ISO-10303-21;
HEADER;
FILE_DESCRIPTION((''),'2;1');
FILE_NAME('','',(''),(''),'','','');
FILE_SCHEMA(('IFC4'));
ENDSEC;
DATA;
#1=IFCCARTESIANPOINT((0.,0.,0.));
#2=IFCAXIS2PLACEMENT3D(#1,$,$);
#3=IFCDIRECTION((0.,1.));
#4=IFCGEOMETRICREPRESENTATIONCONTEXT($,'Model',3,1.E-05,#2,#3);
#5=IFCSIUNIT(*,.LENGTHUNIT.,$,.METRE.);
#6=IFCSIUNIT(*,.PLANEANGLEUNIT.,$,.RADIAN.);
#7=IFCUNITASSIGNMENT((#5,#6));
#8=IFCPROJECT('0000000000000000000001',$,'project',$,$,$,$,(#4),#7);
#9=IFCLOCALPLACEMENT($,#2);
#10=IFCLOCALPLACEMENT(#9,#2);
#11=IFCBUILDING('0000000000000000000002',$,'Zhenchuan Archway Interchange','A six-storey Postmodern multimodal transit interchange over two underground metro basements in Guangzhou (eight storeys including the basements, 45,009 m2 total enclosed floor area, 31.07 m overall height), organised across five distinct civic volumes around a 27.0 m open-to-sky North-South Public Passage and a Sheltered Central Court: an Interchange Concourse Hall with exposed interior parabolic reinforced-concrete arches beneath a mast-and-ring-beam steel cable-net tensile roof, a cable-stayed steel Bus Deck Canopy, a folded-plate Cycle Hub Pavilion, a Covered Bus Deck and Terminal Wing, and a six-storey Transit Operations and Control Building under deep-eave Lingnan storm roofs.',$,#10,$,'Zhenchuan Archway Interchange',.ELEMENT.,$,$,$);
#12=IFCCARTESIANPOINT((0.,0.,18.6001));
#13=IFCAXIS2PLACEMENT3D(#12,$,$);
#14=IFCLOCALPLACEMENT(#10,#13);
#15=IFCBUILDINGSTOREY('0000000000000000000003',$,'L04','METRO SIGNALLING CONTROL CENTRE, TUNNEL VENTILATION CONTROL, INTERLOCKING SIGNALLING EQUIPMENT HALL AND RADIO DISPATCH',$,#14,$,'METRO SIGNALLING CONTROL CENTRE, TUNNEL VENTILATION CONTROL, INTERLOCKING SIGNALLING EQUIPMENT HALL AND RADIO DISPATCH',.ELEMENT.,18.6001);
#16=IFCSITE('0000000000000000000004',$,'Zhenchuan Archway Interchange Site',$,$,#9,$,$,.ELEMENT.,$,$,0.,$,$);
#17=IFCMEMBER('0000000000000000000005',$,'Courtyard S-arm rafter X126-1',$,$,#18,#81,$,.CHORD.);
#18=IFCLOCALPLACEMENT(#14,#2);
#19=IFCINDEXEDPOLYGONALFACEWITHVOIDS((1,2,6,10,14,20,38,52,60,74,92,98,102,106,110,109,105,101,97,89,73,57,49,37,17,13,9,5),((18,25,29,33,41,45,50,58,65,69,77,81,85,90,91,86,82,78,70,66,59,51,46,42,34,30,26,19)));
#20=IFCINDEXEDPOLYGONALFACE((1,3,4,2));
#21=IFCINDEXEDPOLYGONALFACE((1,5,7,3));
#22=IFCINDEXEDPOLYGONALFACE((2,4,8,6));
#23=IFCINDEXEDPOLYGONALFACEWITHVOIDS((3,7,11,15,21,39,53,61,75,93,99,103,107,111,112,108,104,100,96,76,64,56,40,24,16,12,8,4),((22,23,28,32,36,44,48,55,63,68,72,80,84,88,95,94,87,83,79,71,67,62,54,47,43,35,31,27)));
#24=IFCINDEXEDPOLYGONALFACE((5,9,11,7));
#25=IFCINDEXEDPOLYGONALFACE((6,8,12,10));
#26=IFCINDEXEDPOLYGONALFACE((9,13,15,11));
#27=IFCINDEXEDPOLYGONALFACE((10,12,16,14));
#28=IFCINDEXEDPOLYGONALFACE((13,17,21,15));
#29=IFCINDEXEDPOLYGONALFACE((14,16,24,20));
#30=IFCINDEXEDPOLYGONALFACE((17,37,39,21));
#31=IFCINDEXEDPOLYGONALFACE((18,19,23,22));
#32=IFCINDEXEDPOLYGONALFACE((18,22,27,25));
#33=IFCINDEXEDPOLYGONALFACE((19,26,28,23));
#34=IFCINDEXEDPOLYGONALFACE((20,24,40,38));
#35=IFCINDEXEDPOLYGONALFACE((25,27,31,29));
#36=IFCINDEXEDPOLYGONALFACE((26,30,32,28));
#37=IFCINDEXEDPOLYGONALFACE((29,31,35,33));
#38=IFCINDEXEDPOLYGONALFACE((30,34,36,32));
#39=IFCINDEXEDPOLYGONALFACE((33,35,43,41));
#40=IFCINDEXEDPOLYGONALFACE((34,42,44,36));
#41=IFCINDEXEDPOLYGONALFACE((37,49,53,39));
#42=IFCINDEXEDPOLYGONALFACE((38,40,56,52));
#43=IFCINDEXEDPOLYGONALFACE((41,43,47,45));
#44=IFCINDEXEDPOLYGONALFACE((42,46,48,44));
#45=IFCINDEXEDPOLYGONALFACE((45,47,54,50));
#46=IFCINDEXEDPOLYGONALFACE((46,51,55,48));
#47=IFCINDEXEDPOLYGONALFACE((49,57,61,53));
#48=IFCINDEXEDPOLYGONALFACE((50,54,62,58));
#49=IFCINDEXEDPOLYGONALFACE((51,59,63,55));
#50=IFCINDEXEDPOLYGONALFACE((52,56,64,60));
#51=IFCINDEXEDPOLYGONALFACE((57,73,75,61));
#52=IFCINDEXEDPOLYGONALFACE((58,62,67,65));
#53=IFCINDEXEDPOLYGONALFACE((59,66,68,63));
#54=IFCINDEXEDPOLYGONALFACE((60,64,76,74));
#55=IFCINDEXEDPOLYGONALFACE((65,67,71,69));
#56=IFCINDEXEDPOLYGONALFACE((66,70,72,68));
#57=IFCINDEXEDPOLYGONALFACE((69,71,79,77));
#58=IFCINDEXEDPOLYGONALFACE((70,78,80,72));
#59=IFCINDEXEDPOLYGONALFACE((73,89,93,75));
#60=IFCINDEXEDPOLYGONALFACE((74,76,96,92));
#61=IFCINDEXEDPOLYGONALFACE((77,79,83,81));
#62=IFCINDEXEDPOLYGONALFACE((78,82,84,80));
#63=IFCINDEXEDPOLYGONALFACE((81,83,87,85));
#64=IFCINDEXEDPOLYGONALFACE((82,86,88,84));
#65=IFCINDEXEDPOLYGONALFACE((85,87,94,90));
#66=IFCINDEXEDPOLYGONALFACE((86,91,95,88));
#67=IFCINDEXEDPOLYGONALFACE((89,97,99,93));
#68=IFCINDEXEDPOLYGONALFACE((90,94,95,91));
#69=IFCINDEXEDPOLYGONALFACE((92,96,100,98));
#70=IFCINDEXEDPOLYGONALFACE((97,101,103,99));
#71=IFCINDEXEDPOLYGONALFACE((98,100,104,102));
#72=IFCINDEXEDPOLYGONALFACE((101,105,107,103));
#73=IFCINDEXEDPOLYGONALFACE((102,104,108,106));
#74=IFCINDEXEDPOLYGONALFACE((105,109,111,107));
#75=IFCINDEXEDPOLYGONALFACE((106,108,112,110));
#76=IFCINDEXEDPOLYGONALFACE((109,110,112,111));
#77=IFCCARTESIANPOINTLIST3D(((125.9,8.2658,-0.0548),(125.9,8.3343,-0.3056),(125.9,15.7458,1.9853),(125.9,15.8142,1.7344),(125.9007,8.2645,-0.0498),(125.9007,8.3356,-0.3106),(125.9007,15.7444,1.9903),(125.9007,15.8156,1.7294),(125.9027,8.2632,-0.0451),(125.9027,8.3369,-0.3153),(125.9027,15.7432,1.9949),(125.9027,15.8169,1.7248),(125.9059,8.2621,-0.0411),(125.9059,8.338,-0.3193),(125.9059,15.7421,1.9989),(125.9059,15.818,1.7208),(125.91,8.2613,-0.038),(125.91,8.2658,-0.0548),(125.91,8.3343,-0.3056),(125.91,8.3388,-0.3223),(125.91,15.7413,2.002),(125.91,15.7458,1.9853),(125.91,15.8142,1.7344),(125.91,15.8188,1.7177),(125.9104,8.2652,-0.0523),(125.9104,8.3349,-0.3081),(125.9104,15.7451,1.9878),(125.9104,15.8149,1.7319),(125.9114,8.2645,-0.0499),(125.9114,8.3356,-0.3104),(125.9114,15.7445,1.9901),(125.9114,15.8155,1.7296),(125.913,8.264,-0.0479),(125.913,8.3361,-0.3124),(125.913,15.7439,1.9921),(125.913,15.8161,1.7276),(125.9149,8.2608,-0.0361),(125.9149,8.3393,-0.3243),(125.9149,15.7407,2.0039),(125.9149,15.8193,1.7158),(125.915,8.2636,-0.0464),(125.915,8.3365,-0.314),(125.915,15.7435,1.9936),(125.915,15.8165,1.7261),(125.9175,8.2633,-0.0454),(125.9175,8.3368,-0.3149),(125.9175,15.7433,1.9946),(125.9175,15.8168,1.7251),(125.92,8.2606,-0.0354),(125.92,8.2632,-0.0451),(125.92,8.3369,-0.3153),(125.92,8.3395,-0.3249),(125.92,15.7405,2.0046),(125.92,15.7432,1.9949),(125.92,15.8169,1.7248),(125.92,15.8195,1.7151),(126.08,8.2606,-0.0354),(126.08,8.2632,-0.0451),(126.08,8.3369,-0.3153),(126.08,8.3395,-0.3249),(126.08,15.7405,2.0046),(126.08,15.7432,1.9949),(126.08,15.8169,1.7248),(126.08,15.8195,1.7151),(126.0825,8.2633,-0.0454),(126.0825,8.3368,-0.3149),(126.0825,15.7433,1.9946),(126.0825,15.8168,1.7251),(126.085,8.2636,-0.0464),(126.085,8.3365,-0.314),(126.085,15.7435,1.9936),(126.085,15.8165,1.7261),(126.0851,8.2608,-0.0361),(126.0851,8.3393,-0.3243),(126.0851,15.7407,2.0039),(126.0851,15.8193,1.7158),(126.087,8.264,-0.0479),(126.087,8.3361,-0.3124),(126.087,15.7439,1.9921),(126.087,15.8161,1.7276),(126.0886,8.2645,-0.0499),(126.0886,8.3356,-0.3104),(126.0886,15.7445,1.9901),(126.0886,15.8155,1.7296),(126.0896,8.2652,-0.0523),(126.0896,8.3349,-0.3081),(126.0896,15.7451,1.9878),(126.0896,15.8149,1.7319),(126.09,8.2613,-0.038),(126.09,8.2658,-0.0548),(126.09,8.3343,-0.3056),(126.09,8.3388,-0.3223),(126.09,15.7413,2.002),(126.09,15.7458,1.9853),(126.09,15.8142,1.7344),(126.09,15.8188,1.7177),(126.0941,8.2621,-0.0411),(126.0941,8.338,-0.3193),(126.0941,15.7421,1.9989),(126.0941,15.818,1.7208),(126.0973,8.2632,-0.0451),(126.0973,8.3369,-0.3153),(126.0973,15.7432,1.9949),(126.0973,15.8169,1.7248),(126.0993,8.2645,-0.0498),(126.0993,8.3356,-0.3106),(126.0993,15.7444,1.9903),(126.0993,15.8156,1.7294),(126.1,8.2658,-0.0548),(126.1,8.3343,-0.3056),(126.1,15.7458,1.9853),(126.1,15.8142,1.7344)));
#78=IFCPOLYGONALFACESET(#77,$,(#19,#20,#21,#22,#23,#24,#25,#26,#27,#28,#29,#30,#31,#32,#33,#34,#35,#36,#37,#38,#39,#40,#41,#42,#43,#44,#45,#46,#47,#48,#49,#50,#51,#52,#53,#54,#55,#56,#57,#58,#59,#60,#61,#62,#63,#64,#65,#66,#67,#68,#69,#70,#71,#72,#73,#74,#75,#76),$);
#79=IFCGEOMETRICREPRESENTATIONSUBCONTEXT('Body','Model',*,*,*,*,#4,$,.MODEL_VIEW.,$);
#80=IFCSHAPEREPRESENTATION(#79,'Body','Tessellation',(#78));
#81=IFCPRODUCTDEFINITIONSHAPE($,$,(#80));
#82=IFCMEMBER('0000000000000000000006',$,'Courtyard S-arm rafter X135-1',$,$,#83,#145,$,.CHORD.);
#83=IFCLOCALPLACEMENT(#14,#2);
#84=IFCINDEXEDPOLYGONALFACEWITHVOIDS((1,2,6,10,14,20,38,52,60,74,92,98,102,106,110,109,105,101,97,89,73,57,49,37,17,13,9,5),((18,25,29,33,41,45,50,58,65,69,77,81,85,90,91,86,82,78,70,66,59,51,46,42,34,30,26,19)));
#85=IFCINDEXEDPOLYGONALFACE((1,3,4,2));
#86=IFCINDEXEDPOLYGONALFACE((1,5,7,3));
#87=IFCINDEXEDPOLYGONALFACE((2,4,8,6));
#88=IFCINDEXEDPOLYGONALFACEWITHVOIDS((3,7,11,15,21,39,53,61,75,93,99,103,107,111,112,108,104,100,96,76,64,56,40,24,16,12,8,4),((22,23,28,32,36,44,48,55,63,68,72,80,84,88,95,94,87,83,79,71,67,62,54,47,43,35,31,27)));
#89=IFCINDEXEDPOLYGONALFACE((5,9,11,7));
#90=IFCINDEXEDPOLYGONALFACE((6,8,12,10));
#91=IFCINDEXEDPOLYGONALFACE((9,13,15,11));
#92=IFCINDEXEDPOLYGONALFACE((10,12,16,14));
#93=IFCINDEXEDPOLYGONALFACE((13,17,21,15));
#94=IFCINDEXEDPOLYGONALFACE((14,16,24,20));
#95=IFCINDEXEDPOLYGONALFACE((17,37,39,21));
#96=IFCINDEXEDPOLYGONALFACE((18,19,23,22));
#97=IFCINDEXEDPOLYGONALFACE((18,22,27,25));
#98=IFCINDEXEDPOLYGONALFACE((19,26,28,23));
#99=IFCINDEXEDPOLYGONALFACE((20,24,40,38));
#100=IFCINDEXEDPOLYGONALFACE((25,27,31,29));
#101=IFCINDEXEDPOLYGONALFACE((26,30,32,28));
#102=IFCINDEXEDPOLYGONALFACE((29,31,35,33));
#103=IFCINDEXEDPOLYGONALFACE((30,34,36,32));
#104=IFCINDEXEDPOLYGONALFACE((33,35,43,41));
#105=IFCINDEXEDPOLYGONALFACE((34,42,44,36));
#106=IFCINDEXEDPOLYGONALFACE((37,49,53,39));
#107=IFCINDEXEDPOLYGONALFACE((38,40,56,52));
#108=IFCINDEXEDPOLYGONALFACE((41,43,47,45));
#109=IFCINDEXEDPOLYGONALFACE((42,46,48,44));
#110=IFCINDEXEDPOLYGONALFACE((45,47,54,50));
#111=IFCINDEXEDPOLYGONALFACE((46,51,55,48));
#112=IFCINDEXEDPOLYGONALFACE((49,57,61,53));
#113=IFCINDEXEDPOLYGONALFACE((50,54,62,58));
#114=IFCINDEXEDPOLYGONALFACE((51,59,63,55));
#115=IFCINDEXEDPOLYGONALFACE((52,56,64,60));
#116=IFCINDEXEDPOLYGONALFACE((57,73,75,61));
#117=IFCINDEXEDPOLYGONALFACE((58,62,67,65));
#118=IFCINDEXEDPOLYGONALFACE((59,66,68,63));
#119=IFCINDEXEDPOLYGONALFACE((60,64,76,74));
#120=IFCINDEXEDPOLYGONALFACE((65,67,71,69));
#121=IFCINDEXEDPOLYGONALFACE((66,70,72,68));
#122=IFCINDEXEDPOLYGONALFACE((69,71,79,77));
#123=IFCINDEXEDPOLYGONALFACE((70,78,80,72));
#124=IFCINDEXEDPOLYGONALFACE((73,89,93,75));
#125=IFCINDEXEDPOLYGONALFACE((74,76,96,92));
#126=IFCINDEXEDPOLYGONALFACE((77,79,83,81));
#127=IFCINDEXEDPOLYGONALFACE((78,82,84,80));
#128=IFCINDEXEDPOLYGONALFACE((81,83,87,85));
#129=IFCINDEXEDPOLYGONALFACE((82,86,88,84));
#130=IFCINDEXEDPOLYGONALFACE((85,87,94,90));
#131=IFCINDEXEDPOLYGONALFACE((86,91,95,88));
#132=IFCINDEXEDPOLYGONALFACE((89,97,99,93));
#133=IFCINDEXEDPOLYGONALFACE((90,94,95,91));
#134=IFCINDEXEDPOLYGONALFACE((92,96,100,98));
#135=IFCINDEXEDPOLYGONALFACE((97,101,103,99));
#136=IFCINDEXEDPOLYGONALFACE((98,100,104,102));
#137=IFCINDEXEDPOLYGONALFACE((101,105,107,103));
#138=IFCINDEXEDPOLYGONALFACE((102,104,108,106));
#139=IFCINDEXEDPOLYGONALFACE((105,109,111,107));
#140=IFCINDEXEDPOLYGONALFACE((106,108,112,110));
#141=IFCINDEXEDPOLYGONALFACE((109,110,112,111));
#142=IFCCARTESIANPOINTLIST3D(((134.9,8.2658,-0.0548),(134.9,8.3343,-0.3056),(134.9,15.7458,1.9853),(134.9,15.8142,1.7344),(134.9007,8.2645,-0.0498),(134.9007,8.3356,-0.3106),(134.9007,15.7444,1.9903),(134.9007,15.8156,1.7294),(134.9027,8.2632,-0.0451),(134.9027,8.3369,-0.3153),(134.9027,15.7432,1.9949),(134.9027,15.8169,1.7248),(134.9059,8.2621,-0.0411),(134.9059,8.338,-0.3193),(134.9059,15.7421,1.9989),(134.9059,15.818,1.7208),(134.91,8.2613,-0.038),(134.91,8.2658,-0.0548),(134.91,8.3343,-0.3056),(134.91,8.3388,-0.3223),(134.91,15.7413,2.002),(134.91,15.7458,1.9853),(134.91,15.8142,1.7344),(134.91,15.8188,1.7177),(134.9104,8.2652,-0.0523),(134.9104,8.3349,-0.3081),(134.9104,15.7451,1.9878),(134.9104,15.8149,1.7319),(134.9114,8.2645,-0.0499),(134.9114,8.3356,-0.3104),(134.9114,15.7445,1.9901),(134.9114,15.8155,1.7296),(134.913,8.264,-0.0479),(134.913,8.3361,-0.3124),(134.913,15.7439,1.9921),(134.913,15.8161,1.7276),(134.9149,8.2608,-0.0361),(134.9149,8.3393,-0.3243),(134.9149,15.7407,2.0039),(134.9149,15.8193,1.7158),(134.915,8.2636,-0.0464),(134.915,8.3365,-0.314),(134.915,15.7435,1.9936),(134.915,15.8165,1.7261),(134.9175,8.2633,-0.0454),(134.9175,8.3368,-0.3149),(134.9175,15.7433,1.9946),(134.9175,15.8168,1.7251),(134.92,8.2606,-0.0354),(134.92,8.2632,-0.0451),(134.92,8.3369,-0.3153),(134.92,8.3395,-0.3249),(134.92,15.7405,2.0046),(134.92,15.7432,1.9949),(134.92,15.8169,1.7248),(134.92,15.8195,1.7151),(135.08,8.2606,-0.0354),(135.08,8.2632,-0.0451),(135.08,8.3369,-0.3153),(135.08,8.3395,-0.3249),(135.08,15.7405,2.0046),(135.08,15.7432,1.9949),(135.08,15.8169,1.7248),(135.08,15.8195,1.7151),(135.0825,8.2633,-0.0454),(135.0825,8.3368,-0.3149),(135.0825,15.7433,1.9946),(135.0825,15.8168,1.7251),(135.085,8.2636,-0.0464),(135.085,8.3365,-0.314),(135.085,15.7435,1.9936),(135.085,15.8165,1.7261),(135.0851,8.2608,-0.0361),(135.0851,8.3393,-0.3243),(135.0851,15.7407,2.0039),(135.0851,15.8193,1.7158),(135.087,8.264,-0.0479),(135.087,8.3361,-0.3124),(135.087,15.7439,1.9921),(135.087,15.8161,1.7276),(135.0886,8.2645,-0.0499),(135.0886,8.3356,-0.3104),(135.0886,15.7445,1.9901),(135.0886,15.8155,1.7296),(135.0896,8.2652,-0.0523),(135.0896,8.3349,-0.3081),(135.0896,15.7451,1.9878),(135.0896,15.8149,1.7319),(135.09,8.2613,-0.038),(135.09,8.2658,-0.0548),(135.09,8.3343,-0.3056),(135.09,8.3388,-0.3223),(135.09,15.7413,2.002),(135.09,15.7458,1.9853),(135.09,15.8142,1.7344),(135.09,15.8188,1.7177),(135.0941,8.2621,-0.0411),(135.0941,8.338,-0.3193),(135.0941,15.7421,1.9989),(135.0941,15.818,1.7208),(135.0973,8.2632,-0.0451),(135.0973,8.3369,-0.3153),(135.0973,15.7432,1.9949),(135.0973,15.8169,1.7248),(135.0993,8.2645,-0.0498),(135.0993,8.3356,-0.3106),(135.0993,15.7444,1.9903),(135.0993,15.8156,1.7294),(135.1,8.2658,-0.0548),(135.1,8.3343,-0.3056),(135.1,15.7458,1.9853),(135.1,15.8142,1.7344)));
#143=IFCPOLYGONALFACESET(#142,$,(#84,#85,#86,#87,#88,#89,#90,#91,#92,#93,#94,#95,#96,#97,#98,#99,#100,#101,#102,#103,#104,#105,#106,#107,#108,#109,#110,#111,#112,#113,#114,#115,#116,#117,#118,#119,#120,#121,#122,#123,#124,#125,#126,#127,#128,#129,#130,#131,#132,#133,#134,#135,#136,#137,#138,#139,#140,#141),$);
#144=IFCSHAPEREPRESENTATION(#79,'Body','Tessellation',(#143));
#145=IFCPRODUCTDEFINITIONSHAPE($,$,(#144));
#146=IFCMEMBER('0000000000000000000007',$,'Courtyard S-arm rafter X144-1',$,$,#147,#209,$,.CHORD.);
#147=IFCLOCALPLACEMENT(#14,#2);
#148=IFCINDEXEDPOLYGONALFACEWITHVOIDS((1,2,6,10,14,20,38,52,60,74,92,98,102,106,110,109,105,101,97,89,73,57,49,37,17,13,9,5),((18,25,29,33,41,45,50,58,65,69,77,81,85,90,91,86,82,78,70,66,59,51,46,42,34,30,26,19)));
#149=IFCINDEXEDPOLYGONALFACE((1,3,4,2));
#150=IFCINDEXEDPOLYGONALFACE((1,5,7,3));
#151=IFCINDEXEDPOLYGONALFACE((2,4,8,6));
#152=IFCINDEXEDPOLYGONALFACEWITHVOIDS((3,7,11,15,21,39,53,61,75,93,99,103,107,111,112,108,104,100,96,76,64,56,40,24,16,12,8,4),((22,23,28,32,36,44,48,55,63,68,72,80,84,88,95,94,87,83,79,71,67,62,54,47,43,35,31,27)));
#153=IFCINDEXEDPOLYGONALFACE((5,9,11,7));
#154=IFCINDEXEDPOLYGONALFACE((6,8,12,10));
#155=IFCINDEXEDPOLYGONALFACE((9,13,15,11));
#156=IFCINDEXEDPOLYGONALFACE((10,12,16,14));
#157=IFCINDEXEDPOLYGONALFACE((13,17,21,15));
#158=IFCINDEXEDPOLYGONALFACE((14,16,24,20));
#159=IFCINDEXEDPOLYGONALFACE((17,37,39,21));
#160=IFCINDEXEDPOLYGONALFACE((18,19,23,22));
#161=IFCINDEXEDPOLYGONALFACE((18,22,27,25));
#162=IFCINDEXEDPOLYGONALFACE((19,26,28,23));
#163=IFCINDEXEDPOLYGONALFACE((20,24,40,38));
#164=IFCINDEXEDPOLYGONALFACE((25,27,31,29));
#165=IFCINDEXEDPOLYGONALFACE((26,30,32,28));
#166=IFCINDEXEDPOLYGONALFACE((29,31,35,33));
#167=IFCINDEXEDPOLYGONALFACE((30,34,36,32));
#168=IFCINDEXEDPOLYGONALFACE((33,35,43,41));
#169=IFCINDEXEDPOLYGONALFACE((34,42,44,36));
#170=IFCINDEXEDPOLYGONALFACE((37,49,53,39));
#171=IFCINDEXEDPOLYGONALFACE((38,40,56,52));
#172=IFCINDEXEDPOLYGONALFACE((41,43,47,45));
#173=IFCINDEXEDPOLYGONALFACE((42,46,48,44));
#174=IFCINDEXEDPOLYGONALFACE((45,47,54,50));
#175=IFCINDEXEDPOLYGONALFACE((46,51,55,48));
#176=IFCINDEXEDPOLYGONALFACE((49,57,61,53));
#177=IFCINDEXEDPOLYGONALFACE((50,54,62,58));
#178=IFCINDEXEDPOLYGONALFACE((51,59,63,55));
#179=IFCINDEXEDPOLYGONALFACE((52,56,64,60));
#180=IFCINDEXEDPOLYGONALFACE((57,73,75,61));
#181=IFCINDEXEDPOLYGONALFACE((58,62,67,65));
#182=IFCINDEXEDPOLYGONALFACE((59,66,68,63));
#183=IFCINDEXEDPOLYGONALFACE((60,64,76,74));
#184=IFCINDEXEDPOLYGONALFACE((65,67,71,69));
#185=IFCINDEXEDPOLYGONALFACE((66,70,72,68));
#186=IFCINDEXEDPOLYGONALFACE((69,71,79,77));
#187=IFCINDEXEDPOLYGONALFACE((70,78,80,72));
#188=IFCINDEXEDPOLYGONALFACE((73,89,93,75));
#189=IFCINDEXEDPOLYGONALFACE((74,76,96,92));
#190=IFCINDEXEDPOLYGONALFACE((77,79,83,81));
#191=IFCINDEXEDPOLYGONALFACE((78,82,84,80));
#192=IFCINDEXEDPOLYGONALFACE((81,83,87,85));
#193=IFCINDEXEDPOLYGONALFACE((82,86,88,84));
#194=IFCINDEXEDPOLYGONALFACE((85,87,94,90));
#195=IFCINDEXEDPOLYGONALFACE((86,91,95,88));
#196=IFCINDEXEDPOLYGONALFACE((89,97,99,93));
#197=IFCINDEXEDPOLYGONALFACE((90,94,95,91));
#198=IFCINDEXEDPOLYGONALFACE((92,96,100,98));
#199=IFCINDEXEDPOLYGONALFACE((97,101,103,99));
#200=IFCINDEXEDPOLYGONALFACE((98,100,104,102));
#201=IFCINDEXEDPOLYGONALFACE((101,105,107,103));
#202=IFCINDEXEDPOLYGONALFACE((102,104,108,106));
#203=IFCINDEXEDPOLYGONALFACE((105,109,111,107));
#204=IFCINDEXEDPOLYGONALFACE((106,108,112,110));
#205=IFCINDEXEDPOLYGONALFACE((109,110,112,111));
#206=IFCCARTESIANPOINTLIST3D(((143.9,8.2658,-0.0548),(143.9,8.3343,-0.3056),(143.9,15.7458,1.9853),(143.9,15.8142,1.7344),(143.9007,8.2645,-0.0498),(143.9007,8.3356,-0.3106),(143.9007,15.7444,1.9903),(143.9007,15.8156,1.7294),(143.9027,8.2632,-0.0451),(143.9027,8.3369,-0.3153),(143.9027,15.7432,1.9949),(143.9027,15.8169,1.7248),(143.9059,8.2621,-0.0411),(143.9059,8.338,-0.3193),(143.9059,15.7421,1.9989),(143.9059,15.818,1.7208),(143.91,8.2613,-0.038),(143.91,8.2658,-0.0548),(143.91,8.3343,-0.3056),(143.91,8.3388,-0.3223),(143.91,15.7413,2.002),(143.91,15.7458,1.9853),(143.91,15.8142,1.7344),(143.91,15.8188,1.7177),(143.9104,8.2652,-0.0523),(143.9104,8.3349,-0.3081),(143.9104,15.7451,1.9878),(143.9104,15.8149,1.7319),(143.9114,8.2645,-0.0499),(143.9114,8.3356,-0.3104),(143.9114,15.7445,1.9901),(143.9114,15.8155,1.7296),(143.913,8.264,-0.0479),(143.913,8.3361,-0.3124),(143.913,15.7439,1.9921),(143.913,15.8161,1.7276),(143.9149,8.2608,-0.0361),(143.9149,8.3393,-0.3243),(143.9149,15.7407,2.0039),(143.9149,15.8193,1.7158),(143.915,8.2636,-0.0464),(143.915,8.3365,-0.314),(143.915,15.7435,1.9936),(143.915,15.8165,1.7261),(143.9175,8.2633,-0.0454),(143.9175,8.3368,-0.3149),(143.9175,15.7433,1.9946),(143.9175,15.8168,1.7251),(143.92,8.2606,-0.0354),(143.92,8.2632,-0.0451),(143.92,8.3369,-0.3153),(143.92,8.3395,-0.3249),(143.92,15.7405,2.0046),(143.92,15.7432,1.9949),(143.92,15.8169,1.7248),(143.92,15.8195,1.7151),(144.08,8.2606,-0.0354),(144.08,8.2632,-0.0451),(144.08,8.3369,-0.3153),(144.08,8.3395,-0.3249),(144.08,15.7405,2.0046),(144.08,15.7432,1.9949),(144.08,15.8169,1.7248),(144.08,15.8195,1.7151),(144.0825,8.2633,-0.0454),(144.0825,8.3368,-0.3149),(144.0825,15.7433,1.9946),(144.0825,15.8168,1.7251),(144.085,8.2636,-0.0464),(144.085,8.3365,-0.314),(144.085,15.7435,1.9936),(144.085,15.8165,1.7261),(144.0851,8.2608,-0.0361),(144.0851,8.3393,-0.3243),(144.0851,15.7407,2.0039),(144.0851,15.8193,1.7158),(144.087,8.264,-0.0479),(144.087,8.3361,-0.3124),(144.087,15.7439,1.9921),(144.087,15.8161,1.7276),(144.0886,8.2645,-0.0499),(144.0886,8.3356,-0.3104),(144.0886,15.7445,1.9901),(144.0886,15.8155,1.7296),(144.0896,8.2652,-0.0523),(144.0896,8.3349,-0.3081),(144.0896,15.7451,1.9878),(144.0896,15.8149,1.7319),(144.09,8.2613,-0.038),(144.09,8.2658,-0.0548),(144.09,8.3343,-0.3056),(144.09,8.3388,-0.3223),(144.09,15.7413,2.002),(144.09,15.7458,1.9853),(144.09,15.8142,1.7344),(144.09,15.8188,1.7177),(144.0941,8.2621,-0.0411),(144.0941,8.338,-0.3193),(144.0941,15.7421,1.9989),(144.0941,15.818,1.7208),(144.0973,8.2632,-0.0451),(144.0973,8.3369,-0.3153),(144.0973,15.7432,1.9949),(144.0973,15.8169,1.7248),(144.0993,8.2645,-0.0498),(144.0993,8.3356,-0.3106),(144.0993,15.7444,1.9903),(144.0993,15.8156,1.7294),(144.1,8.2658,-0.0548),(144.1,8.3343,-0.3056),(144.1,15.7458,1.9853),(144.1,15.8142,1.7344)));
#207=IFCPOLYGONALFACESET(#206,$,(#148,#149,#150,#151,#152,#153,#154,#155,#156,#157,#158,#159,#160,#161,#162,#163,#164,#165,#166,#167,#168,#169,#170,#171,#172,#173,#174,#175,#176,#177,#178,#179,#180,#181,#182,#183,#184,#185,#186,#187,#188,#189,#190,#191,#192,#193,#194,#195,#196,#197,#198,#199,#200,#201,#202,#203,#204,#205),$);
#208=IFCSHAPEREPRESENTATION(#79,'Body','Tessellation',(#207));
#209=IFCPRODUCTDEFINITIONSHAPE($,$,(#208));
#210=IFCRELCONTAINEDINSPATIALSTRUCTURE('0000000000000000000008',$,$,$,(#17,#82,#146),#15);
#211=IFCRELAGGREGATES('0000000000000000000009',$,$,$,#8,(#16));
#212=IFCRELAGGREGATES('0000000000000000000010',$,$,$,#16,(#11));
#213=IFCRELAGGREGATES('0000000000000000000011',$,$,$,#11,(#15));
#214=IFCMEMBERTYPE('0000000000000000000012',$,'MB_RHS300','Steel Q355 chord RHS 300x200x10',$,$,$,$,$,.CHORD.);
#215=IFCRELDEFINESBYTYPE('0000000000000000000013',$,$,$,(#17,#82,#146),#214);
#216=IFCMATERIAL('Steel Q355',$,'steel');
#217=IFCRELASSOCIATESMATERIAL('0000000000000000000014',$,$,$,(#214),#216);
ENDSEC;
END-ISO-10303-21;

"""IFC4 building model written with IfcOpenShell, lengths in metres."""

from ifc_helpers import new_model, si_unit, direction, frame, origin, origin_2d, place, context, subcontext, project, spatial, hollow_rectangle, extrude, material, material_profile, profile_set, type_object, element, save


model = new_model("IFC4")

# Units and contexts
model_context = context("Model", 3, precision=1e-05, world=origin(), true_north=direction((0.0, 1.0)))
body_context = subcontext(model_context, "Body", "Model", "MODEL_VIEW")
ifc_project = project(units=[si_unit("LENGTHUNIT", "METRE"), si_unit("PLANEANGLEUNIT", "RADIAN")], contexts=[model_context])

# Site, building, storey
site_placement = place(None, origin())
site = spatial("IfcSite", under=ifc_project, at=site_placement, Name="Zhenchuan Archway Interchange Site", CompositionType="ELEMENT", RefElevation=0.0)
building_placement = place(site_placement, origin())
building = spatial("IfcBuilding", under=site, at=building_placement, Name="Zhenchuan Archway Interchange", Description="A six-storey Postmodern multimodal transit interchange over two underground metro basements in Guangzhou (eight storeys including the basements, 45,009 m2 total enclosed floor area, 31.07 m overall height), organised across five distinct civic volumes around a 27.0 m open-to-sky North-South Public Passage and a Sheltered Central Court: an Interchange Concourse Hall with exposed interior parabolic reinforced-concrete arches beneath a mast-and-ring-beam steel cable-net tensile roof, a cable-stayed steel Bus Deck Canopy, a folded-plate Cycle Hub Pavilion, a Covered Bus Deck and Terminal Wing, and a six-storey Transit Operations and Control Building under deep-eave Lingnan storm roofs.", LongName="Zhenchuan Archway Interchange", CompositionType="ELEMENT")
storey_placement = place(building_placement, frame((0.0, 0.0, 18.6001)))
storey = spatial("IfcBuildingStorey", under=building, at=storey_placement, Name="L04", Description="METRO SIGNALLING CONTROL CENTRE, TUNNEL VENTILATION CONTROL, INTERLOCKING SIGNALLING EQUIPMENT HALL AND RADIO DISPATCH", LongName="METRO SIGNALLING CONTROL CENTRE, TUNNEL VENTILATION CONTROL, INTERLOCKING SIGNALLING EQUIPMENT HALL AND RADIO DISPATCH", CompositionType="ELEMENT", Elevation=18.6001)

# Shared definitions
ifc_material_1 = material(Name="Steel Q355", Category="steel")

# Members
ifc_material_profile_1 = material_profile(ifc_material_1, hollow_rectangle(XDim=0.2, YDim=0.3, WallThickness=0.01, InnerFilletRadius=0.01, OuterFilletRadius=0.02, at=origin_2d()), Name="RHS 300x200x10")
ifc_profile_set_1 = profile_set([ifc_material_profile_1], Name="Steel Q355")
member_type = type_object("IfcMemberType", Name="MB_RHS300", Description="Steel Q355 chord RHS 300x200x10", PredefinedType="CHORD", material=ifc_profile_set_1)
for number, where, z_axis, x_axis, name in (
    (1, (126.0, 8.3, -0.1802), (0.0, 0.964762, 0.263123), (-1.0, 0.0, 0.0), "Courtyard S-arm rafter X126-1"),
    (2, (135.0, 8.3, -0.1802), (0.0, 0.964762, 0.263123), (-1.0, 0.0, 0.0), "Courtyard S-arm rafter X135-1"),
    (3, (144.0, 8.3, -0.1802), (0.0, 0.964762, 0.263123), (-1.0, 0.0, 0.0), "Courtyard S-arm rafter X144-1"),
):
    element("IfcMember", number, at=place(storey_placement, frame(where, z_axis=z_axis, x_axis=x_axis)), inside=storey, type_object=member_type, Name=name, PredefinedType="CHORD", context=body_context, shape_type="SweptSolid", body=[
        extrude(hollow_rectangle(XDim=0.2, YDim=0.3, WallThickness=0.01, InnerFilletRadius=0.01, OuterFilletRadius=0.02, at=origin_2d()), origin(), (0.0, 0.0, 1.0), 7.7532),
    ])

save(model, "model.ifc")
